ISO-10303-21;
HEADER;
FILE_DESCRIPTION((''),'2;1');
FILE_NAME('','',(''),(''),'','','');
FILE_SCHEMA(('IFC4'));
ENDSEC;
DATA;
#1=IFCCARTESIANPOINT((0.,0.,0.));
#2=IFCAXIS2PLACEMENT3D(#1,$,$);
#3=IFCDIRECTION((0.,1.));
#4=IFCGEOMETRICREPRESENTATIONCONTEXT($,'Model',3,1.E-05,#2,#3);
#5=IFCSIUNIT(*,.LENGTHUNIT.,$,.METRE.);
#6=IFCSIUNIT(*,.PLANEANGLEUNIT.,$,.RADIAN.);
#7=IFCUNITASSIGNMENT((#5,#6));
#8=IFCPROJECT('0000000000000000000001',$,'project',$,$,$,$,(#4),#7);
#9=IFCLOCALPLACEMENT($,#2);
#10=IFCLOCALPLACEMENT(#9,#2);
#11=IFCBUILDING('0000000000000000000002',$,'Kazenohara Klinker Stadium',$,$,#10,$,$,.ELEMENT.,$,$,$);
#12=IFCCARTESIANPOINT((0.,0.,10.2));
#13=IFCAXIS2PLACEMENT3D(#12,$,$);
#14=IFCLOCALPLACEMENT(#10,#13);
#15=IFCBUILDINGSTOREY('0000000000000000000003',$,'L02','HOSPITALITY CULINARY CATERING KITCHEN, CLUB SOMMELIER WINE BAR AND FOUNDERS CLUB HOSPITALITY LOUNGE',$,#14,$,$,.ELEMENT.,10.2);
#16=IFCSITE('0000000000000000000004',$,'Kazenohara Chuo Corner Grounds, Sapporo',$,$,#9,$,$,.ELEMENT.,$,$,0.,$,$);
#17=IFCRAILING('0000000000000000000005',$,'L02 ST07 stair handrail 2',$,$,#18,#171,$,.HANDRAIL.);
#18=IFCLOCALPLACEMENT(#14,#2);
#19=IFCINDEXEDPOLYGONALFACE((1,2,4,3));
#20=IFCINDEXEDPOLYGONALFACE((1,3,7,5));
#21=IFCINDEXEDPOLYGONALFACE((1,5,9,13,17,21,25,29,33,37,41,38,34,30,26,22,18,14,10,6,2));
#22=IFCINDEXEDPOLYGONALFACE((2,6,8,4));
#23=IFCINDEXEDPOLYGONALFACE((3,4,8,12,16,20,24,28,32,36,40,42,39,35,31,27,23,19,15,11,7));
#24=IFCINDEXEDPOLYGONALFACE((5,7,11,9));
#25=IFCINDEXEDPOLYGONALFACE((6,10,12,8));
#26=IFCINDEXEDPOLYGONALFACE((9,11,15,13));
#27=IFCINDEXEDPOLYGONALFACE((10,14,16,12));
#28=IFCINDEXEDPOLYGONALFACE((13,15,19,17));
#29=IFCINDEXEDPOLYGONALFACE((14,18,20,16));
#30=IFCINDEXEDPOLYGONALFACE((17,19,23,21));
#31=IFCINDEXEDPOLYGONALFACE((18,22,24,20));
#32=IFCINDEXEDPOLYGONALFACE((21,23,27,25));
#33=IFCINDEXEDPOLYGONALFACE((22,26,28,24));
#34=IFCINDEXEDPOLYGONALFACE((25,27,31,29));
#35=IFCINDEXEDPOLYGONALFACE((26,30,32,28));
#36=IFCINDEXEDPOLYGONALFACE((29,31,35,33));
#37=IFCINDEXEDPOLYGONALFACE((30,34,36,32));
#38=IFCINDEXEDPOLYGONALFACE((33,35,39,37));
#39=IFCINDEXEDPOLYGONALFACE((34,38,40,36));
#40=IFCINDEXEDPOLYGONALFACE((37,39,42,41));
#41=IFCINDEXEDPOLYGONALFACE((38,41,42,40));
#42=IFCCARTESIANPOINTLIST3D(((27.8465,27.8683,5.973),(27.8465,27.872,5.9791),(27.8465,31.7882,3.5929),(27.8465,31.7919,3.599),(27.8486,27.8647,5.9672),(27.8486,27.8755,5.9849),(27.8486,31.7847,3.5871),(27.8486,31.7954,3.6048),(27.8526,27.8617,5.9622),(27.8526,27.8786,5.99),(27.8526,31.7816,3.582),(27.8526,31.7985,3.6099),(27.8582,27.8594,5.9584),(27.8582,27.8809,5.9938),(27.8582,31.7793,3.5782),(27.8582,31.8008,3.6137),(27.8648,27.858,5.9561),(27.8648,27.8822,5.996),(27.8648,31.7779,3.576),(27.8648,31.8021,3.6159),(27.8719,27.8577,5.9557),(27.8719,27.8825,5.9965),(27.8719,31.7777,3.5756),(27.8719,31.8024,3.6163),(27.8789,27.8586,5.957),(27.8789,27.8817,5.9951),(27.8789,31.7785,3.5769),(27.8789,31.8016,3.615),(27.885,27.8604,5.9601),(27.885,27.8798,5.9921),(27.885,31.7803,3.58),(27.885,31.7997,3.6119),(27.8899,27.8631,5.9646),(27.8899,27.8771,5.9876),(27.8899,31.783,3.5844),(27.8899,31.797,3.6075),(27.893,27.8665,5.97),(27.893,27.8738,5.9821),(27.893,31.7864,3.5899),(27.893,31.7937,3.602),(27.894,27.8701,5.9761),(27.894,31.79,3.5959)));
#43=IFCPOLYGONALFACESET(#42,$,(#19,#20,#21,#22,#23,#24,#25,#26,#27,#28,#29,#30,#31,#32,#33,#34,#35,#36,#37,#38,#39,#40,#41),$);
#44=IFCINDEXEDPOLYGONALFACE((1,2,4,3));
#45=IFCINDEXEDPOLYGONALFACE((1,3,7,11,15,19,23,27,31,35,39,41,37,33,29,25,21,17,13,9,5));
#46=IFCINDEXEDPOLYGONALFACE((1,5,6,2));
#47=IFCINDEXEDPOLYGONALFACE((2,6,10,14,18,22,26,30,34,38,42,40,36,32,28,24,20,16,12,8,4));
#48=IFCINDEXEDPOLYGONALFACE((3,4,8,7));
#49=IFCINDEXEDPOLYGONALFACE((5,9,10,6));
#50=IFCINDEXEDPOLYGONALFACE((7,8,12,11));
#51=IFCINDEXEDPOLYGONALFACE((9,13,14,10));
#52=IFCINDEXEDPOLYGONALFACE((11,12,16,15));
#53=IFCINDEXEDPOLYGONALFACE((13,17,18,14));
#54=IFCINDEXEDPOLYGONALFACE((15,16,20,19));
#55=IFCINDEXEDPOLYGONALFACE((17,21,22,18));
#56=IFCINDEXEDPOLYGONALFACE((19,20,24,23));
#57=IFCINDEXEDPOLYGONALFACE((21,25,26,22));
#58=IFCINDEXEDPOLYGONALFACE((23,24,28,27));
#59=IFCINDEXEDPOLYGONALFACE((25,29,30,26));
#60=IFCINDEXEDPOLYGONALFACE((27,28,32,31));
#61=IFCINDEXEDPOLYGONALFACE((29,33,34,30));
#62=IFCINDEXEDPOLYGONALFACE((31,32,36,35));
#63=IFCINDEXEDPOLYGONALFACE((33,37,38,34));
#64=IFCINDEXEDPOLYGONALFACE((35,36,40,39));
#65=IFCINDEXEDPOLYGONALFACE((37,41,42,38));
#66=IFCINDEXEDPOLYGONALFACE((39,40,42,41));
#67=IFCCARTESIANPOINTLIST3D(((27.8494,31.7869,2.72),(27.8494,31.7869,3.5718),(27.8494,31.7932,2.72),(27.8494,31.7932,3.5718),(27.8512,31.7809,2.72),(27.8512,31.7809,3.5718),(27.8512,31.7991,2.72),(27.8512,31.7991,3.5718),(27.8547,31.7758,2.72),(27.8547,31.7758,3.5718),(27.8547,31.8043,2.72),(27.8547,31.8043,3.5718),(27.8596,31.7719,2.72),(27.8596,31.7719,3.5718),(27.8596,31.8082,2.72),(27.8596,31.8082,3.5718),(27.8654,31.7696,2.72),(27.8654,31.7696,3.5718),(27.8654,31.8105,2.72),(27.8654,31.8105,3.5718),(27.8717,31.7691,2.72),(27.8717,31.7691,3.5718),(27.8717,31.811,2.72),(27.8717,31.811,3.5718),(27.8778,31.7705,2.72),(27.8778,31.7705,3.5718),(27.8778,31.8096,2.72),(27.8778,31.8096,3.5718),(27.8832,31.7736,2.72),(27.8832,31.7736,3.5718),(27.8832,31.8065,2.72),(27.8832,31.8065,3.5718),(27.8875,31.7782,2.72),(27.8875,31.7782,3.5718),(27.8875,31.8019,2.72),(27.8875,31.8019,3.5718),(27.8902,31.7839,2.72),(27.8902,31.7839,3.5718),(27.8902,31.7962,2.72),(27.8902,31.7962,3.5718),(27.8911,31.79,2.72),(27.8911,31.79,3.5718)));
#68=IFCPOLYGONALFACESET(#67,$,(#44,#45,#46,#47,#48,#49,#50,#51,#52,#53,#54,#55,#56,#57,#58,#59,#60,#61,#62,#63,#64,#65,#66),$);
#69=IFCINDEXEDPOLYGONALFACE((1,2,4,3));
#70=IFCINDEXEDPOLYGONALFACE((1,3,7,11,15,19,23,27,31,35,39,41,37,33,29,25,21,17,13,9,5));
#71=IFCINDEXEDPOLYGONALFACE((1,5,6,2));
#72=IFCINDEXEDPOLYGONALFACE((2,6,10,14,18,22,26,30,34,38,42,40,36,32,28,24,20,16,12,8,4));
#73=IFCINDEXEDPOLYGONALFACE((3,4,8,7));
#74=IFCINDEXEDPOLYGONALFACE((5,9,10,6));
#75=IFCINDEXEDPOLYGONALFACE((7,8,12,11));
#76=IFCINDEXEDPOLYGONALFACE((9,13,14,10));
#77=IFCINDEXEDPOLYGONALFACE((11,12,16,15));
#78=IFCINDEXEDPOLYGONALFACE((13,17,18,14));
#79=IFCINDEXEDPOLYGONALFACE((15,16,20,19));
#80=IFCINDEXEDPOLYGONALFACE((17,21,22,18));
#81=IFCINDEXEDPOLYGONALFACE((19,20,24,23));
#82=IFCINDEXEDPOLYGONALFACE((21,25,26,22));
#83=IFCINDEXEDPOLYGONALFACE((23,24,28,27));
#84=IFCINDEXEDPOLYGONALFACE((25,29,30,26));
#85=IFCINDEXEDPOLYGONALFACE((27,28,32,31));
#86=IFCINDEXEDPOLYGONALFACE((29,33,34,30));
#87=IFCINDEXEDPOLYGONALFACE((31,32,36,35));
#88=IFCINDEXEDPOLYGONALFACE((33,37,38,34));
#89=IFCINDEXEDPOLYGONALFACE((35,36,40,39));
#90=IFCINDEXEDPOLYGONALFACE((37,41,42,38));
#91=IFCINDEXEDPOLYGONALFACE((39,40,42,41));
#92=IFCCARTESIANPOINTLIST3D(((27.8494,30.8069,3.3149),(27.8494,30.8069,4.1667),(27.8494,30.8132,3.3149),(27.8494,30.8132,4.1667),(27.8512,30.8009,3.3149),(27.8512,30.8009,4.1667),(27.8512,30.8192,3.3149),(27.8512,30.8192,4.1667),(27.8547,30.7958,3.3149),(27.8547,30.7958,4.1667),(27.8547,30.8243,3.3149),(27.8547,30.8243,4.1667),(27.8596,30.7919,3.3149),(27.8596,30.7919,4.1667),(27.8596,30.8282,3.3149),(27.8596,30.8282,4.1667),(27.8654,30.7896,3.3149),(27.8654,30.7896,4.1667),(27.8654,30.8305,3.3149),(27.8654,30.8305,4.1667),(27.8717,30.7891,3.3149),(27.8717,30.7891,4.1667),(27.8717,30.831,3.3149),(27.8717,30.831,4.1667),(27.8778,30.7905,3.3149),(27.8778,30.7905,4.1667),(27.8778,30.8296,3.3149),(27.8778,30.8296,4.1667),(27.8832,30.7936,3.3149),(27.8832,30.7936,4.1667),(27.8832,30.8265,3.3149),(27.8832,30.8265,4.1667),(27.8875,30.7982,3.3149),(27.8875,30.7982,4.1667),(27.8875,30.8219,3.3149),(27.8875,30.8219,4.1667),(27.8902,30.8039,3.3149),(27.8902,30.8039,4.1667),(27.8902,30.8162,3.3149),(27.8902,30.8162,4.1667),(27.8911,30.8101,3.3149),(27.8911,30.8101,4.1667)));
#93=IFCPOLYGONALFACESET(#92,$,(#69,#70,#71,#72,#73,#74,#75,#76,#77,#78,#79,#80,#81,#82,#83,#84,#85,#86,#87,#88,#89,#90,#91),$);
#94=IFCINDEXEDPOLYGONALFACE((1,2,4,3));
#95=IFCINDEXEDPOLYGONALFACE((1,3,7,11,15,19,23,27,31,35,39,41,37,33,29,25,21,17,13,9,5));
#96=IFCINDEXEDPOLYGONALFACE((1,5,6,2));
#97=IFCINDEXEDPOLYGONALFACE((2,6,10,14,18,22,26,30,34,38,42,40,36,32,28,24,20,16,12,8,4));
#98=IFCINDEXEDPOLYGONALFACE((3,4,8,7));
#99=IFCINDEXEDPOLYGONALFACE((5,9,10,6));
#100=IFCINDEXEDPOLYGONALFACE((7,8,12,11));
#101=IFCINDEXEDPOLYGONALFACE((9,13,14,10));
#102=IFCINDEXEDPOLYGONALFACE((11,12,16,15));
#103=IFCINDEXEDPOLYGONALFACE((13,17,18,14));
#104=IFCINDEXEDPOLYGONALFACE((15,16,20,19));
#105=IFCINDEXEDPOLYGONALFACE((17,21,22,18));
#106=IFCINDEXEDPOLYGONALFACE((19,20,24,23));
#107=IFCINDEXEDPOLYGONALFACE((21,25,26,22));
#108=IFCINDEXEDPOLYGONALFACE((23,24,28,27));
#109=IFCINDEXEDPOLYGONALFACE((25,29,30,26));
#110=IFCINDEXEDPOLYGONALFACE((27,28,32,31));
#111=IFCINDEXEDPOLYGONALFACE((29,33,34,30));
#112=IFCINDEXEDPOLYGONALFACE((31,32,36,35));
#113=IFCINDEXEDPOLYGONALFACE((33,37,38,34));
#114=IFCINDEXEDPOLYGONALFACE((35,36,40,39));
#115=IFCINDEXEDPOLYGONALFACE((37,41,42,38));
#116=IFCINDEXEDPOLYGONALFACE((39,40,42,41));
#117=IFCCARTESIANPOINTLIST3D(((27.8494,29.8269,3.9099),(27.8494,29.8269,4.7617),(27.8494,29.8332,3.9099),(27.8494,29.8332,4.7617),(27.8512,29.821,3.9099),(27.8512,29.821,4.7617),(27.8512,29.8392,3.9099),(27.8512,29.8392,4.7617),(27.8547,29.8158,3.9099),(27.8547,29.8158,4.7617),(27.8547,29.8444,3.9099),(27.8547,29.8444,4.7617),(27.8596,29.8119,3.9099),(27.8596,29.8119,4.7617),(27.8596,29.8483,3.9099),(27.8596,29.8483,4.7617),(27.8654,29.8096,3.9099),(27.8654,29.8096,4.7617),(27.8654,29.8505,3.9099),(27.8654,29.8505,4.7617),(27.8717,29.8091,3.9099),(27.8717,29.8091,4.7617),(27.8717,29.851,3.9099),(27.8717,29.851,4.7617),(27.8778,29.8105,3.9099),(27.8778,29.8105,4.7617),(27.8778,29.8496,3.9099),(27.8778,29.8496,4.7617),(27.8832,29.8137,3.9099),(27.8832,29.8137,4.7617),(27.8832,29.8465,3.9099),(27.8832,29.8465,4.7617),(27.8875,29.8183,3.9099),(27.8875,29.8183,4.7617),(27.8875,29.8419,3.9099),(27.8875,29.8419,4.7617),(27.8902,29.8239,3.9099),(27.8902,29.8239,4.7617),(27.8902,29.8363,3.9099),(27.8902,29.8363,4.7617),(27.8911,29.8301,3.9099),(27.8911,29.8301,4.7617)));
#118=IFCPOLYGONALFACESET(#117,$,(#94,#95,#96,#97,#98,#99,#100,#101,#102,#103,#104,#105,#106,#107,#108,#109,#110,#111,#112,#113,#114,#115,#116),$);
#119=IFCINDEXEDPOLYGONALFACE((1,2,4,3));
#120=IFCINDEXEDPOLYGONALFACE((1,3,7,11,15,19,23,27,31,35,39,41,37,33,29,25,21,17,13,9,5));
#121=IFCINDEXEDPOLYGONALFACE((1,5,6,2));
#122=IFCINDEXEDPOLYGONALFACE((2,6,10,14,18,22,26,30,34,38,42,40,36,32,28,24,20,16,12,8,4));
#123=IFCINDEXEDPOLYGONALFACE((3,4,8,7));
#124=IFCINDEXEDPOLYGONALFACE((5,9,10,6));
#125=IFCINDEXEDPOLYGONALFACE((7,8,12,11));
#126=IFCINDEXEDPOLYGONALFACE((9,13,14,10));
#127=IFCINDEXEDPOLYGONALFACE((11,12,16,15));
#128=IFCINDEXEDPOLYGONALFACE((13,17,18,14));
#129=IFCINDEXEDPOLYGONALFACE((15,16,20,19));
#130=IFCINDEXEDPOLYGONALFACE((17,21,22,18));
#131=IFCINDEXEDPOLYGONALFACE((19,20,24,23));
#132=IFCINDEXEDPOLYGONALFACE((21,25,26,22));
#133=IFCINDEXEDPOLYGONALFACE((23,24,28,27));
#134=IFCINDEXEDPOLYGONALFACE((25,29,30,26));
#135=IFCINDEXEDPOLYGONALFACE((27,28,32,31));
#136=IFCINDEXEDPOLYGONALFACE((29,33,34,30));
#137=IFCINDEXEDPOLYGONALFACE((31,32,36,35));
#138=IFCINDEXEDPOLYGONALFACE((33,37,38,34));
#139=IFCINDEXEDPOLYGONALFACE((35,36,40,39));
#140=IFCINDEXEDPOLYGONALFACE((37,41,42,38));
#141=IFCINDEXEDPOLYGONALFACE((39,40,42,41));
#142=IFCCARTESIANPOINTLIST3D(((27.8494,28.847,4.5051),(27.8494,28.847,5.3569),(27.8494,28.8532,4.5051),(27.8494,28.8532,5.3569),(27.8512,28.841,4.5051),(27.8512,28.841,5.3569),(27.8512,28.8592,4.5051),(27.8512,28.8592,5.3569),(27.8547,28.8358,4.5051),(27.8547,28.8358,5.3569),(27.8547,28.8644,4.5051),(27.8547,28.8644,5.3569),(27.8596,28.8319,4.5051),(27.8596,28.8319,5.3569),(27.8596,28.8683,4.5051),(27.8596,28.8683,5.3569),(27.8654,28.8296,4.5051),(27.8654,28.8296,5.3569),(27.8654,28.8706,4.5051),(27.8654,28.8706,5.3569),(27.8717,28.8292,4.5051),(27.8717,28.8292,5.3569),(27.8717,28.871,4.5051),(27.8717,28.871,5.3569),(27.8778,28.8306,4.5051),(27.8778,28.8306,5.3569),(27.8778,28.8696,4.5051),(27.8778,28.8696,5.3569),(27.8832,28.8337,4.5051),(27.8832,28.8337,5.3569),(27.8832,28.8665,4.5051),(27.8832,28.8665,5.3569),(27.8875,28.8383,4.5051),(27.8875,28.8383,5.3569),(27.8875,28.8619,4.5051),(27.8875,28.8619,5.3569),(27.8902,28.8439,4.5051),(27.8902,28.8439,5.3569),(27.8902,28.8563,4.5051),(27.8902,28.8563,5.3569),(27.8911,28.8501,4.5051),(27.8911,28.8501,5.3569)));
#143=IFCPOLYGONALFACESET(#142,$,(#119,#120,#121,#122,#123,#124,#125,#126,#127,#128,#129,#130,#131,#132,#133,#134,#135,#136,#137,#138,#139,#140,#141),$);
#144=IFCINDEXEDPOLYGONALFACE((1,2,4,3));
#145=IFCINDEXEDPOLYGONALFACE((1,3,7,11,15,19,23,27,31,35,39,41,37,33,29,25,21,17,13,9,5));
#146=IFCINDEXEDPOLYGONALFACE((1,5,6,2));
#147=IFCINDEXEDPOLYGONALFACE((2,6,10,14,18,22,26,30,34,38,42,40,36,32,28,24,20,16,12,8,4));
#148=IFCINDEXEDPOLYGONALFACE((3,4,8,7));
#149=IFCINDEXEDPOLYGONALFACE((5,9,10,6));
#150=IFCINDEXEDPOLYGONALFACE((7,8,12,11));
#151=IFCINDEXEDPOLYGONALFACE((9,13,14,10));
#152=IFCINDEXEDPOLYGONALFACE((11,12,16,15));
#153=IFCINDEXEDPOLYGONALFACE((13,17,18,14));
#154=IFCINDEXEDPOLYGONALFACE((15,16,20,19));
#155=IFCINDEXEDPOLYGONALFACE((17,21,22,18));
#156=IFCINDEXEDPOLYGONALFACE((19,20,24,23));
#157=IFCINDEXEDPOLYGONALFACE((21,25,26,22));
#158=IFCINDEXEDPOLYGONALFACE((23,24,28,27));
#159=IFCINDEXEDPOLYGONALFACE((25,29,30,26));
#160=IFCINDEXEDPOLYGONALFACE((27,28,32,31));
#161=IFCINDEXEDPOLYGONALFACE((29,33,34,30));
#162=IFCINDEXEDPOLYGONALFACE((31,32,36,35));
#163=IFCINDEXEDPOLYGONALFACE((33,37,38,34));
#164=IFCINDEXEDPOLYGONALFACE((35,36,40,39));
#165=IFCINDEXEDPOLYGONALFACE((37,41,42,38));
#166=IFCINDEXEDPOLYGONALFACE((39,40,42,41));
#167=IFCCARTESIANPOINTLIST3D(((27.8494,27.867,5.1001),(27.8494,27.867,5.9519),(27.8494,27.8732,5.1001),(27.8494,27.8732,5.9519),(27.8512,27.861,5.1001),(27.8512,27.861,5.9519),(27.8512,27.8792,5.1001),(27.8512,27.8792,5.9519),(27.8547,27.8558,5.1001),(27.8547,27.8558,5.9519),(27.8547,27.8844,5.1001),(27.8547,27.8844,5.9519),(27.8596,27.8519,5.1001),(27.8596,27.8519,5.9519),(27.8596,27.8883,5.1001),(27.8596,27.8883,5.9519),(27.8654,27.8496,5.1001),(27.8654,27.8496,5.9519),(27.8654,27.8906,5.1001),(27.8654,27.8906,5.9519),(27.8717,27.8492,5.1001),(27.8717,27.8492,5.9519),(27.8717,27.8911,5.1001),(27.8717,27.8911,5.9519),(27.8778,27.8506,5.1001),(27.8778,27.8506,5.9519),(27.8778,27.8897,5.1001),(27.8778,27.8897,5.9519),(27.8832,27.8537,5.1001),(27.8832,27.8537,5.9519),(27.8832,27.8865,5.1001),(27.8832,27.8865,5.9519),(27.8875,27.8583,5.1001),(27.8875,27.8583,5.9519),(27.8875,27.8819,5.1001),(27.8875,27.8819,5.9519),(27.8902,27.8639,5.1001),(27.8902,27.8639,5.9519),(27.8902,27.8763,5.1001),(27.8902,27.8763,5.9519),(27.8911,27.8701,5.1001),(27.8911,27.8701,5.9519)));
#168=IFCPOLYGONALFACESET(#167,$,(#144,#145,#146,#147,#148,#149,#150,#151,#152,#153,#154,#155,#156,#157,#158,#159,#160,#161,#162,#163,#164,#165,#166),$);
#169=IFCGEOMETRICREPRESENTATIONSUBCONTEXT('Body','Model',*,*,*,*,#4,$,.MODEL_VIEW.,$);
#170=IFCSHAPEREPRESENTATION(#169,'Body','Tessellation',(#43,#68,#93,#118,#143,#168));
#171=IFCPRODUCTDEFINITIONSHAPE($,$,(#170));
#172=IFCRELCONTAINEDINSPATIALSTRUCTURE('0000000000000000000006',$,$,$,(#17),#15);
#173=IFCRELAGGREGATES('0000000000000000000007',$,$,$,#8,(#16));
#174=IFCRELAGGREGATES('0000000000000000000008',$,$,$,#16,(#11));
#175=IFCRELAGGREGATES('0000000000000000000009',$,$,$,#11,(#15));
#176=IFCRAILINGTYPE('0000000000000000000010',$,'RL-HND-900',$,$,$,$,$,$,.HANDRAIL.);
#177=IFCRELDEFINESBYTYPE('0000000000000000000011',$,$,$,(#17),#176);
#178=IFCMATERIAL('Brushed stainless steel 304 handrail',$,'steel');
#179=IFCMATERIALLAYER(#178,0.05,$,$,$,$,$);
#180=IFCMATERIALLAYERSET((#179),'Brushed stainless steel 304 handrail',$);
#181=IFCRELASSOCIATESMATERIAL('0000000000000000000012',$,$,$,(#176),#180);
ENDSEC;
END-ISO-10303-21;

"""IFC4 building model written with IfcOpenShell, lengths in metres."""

from ifc_helpers import new_model, si_unit, direction, frame, origin, origin_2d, place, context, subcontext, project, spatial, circle, extrude, material, layer, layer_set, type_object, element, save


model = new_model("IFC4")

# Units and contexts
model_context = context("Model", 3, precision=1e-05, world=origin(), true_north=direction((0.0, 1.0)))
body_context = subcontext(model_context, "Body", "Model", "MODEL_VIEW")
ifc_project = project(units=[si_unit("LENGTHUNIT", "METRE"), si_unit("PLANEANGLEUNIT", "RADIAN")], contexts=[model_context])

# Site, building, storey
site_placement = place(None, origin())
site = spatial("IfcSite", under=ifc_project, at=site_placement, Name="Kazenohara Chuo Corner Grounds, Sapporo", CompositionType="ELEMENT", RefElevation=0.0)
building_placement = place(site_placement, origin())
building = spatial("IfcBuilding", under=site, at=building_placement, Name="Kazenohara Klinker Stadium", CompositionType="ELEMENT")
storey_placement = place(building_placement, frame((0.0, 0.0, 10.2)))
storey = spatial("IfcBuildingStorey", under=building, at=storey_placement, Name="L02", Description="HOSPITALITY CULINARY CATERING KITCHEN, CLUB SOMMELIER WINE BAR AND FOUNDERS CLUB HOSPITALITY LOUNGE", CompositionType="ELEMENT", Elevation=10.2)

# Railing
ifc_material_1 = material(Name="Brushed stainless steel 304 handrail", Category="steel")
ifc_layer_1 = layer(ifc_material_1, 0.05)
ifc_layer_set_1 = layer_set([ifc_layer_1], Name="Brushed stainless steel 304 handrail")
railing_type_1 = type_object("IfcRailingType", Name="RL-HND-900", PredefinedType="HANDRAIL", material=ifc_layer_set_1)
railing_1_placement = place(storey_placement, frame((27.8701, 31.79, 2.72)))
element("IfcRailing", 1, at=railing_1_placement, inside=storey, type_object=railing_type_1, Name="L02 ST07 stair handrail 2", PredefinedType="HANDRAIL", context=body_context, shape_type="SweptSolid", body=[
    extrude(circle(Radius=0.0239, at=origin_2d()), frame((0.0, 0.0, 0.876), z_axis=(0.0, -0.854771, 0.519006), x_axis=(1.0, 0.0, 0.0)), (0.0, 0.0, 1.0), 4.5859),
    extrude(circle(Radius=0.021, at=origin_2d()), origin(), (0.0, 0.0, 1.0), 0.8518),
    extrude(circle(Radius=0.021, at=origin_2d()), frame((0.0, -0.98, 0.595)), (0.0, 0.0, 1.0), 0.8518),
    extrude(circle(Radius=0.021, at=origin_2d()), frame((0.0, -1.96, 1.1899)), (0.0, 0.0, 1.0), 0.8518),
    extrude(circle(Radius=0.021, at=origin_2d()), frame((0.0, -2.9399, 1.7852)), (0.0, 0.0, 1.0), 0.8518),
    extrude(circle(Radius=0.021, at=origin_2d()), frame((0.0, -3.9199, 2.3801)), (0.0, 0.0, 1.0), 0.8518),
])

save(model, "model.ifc")
